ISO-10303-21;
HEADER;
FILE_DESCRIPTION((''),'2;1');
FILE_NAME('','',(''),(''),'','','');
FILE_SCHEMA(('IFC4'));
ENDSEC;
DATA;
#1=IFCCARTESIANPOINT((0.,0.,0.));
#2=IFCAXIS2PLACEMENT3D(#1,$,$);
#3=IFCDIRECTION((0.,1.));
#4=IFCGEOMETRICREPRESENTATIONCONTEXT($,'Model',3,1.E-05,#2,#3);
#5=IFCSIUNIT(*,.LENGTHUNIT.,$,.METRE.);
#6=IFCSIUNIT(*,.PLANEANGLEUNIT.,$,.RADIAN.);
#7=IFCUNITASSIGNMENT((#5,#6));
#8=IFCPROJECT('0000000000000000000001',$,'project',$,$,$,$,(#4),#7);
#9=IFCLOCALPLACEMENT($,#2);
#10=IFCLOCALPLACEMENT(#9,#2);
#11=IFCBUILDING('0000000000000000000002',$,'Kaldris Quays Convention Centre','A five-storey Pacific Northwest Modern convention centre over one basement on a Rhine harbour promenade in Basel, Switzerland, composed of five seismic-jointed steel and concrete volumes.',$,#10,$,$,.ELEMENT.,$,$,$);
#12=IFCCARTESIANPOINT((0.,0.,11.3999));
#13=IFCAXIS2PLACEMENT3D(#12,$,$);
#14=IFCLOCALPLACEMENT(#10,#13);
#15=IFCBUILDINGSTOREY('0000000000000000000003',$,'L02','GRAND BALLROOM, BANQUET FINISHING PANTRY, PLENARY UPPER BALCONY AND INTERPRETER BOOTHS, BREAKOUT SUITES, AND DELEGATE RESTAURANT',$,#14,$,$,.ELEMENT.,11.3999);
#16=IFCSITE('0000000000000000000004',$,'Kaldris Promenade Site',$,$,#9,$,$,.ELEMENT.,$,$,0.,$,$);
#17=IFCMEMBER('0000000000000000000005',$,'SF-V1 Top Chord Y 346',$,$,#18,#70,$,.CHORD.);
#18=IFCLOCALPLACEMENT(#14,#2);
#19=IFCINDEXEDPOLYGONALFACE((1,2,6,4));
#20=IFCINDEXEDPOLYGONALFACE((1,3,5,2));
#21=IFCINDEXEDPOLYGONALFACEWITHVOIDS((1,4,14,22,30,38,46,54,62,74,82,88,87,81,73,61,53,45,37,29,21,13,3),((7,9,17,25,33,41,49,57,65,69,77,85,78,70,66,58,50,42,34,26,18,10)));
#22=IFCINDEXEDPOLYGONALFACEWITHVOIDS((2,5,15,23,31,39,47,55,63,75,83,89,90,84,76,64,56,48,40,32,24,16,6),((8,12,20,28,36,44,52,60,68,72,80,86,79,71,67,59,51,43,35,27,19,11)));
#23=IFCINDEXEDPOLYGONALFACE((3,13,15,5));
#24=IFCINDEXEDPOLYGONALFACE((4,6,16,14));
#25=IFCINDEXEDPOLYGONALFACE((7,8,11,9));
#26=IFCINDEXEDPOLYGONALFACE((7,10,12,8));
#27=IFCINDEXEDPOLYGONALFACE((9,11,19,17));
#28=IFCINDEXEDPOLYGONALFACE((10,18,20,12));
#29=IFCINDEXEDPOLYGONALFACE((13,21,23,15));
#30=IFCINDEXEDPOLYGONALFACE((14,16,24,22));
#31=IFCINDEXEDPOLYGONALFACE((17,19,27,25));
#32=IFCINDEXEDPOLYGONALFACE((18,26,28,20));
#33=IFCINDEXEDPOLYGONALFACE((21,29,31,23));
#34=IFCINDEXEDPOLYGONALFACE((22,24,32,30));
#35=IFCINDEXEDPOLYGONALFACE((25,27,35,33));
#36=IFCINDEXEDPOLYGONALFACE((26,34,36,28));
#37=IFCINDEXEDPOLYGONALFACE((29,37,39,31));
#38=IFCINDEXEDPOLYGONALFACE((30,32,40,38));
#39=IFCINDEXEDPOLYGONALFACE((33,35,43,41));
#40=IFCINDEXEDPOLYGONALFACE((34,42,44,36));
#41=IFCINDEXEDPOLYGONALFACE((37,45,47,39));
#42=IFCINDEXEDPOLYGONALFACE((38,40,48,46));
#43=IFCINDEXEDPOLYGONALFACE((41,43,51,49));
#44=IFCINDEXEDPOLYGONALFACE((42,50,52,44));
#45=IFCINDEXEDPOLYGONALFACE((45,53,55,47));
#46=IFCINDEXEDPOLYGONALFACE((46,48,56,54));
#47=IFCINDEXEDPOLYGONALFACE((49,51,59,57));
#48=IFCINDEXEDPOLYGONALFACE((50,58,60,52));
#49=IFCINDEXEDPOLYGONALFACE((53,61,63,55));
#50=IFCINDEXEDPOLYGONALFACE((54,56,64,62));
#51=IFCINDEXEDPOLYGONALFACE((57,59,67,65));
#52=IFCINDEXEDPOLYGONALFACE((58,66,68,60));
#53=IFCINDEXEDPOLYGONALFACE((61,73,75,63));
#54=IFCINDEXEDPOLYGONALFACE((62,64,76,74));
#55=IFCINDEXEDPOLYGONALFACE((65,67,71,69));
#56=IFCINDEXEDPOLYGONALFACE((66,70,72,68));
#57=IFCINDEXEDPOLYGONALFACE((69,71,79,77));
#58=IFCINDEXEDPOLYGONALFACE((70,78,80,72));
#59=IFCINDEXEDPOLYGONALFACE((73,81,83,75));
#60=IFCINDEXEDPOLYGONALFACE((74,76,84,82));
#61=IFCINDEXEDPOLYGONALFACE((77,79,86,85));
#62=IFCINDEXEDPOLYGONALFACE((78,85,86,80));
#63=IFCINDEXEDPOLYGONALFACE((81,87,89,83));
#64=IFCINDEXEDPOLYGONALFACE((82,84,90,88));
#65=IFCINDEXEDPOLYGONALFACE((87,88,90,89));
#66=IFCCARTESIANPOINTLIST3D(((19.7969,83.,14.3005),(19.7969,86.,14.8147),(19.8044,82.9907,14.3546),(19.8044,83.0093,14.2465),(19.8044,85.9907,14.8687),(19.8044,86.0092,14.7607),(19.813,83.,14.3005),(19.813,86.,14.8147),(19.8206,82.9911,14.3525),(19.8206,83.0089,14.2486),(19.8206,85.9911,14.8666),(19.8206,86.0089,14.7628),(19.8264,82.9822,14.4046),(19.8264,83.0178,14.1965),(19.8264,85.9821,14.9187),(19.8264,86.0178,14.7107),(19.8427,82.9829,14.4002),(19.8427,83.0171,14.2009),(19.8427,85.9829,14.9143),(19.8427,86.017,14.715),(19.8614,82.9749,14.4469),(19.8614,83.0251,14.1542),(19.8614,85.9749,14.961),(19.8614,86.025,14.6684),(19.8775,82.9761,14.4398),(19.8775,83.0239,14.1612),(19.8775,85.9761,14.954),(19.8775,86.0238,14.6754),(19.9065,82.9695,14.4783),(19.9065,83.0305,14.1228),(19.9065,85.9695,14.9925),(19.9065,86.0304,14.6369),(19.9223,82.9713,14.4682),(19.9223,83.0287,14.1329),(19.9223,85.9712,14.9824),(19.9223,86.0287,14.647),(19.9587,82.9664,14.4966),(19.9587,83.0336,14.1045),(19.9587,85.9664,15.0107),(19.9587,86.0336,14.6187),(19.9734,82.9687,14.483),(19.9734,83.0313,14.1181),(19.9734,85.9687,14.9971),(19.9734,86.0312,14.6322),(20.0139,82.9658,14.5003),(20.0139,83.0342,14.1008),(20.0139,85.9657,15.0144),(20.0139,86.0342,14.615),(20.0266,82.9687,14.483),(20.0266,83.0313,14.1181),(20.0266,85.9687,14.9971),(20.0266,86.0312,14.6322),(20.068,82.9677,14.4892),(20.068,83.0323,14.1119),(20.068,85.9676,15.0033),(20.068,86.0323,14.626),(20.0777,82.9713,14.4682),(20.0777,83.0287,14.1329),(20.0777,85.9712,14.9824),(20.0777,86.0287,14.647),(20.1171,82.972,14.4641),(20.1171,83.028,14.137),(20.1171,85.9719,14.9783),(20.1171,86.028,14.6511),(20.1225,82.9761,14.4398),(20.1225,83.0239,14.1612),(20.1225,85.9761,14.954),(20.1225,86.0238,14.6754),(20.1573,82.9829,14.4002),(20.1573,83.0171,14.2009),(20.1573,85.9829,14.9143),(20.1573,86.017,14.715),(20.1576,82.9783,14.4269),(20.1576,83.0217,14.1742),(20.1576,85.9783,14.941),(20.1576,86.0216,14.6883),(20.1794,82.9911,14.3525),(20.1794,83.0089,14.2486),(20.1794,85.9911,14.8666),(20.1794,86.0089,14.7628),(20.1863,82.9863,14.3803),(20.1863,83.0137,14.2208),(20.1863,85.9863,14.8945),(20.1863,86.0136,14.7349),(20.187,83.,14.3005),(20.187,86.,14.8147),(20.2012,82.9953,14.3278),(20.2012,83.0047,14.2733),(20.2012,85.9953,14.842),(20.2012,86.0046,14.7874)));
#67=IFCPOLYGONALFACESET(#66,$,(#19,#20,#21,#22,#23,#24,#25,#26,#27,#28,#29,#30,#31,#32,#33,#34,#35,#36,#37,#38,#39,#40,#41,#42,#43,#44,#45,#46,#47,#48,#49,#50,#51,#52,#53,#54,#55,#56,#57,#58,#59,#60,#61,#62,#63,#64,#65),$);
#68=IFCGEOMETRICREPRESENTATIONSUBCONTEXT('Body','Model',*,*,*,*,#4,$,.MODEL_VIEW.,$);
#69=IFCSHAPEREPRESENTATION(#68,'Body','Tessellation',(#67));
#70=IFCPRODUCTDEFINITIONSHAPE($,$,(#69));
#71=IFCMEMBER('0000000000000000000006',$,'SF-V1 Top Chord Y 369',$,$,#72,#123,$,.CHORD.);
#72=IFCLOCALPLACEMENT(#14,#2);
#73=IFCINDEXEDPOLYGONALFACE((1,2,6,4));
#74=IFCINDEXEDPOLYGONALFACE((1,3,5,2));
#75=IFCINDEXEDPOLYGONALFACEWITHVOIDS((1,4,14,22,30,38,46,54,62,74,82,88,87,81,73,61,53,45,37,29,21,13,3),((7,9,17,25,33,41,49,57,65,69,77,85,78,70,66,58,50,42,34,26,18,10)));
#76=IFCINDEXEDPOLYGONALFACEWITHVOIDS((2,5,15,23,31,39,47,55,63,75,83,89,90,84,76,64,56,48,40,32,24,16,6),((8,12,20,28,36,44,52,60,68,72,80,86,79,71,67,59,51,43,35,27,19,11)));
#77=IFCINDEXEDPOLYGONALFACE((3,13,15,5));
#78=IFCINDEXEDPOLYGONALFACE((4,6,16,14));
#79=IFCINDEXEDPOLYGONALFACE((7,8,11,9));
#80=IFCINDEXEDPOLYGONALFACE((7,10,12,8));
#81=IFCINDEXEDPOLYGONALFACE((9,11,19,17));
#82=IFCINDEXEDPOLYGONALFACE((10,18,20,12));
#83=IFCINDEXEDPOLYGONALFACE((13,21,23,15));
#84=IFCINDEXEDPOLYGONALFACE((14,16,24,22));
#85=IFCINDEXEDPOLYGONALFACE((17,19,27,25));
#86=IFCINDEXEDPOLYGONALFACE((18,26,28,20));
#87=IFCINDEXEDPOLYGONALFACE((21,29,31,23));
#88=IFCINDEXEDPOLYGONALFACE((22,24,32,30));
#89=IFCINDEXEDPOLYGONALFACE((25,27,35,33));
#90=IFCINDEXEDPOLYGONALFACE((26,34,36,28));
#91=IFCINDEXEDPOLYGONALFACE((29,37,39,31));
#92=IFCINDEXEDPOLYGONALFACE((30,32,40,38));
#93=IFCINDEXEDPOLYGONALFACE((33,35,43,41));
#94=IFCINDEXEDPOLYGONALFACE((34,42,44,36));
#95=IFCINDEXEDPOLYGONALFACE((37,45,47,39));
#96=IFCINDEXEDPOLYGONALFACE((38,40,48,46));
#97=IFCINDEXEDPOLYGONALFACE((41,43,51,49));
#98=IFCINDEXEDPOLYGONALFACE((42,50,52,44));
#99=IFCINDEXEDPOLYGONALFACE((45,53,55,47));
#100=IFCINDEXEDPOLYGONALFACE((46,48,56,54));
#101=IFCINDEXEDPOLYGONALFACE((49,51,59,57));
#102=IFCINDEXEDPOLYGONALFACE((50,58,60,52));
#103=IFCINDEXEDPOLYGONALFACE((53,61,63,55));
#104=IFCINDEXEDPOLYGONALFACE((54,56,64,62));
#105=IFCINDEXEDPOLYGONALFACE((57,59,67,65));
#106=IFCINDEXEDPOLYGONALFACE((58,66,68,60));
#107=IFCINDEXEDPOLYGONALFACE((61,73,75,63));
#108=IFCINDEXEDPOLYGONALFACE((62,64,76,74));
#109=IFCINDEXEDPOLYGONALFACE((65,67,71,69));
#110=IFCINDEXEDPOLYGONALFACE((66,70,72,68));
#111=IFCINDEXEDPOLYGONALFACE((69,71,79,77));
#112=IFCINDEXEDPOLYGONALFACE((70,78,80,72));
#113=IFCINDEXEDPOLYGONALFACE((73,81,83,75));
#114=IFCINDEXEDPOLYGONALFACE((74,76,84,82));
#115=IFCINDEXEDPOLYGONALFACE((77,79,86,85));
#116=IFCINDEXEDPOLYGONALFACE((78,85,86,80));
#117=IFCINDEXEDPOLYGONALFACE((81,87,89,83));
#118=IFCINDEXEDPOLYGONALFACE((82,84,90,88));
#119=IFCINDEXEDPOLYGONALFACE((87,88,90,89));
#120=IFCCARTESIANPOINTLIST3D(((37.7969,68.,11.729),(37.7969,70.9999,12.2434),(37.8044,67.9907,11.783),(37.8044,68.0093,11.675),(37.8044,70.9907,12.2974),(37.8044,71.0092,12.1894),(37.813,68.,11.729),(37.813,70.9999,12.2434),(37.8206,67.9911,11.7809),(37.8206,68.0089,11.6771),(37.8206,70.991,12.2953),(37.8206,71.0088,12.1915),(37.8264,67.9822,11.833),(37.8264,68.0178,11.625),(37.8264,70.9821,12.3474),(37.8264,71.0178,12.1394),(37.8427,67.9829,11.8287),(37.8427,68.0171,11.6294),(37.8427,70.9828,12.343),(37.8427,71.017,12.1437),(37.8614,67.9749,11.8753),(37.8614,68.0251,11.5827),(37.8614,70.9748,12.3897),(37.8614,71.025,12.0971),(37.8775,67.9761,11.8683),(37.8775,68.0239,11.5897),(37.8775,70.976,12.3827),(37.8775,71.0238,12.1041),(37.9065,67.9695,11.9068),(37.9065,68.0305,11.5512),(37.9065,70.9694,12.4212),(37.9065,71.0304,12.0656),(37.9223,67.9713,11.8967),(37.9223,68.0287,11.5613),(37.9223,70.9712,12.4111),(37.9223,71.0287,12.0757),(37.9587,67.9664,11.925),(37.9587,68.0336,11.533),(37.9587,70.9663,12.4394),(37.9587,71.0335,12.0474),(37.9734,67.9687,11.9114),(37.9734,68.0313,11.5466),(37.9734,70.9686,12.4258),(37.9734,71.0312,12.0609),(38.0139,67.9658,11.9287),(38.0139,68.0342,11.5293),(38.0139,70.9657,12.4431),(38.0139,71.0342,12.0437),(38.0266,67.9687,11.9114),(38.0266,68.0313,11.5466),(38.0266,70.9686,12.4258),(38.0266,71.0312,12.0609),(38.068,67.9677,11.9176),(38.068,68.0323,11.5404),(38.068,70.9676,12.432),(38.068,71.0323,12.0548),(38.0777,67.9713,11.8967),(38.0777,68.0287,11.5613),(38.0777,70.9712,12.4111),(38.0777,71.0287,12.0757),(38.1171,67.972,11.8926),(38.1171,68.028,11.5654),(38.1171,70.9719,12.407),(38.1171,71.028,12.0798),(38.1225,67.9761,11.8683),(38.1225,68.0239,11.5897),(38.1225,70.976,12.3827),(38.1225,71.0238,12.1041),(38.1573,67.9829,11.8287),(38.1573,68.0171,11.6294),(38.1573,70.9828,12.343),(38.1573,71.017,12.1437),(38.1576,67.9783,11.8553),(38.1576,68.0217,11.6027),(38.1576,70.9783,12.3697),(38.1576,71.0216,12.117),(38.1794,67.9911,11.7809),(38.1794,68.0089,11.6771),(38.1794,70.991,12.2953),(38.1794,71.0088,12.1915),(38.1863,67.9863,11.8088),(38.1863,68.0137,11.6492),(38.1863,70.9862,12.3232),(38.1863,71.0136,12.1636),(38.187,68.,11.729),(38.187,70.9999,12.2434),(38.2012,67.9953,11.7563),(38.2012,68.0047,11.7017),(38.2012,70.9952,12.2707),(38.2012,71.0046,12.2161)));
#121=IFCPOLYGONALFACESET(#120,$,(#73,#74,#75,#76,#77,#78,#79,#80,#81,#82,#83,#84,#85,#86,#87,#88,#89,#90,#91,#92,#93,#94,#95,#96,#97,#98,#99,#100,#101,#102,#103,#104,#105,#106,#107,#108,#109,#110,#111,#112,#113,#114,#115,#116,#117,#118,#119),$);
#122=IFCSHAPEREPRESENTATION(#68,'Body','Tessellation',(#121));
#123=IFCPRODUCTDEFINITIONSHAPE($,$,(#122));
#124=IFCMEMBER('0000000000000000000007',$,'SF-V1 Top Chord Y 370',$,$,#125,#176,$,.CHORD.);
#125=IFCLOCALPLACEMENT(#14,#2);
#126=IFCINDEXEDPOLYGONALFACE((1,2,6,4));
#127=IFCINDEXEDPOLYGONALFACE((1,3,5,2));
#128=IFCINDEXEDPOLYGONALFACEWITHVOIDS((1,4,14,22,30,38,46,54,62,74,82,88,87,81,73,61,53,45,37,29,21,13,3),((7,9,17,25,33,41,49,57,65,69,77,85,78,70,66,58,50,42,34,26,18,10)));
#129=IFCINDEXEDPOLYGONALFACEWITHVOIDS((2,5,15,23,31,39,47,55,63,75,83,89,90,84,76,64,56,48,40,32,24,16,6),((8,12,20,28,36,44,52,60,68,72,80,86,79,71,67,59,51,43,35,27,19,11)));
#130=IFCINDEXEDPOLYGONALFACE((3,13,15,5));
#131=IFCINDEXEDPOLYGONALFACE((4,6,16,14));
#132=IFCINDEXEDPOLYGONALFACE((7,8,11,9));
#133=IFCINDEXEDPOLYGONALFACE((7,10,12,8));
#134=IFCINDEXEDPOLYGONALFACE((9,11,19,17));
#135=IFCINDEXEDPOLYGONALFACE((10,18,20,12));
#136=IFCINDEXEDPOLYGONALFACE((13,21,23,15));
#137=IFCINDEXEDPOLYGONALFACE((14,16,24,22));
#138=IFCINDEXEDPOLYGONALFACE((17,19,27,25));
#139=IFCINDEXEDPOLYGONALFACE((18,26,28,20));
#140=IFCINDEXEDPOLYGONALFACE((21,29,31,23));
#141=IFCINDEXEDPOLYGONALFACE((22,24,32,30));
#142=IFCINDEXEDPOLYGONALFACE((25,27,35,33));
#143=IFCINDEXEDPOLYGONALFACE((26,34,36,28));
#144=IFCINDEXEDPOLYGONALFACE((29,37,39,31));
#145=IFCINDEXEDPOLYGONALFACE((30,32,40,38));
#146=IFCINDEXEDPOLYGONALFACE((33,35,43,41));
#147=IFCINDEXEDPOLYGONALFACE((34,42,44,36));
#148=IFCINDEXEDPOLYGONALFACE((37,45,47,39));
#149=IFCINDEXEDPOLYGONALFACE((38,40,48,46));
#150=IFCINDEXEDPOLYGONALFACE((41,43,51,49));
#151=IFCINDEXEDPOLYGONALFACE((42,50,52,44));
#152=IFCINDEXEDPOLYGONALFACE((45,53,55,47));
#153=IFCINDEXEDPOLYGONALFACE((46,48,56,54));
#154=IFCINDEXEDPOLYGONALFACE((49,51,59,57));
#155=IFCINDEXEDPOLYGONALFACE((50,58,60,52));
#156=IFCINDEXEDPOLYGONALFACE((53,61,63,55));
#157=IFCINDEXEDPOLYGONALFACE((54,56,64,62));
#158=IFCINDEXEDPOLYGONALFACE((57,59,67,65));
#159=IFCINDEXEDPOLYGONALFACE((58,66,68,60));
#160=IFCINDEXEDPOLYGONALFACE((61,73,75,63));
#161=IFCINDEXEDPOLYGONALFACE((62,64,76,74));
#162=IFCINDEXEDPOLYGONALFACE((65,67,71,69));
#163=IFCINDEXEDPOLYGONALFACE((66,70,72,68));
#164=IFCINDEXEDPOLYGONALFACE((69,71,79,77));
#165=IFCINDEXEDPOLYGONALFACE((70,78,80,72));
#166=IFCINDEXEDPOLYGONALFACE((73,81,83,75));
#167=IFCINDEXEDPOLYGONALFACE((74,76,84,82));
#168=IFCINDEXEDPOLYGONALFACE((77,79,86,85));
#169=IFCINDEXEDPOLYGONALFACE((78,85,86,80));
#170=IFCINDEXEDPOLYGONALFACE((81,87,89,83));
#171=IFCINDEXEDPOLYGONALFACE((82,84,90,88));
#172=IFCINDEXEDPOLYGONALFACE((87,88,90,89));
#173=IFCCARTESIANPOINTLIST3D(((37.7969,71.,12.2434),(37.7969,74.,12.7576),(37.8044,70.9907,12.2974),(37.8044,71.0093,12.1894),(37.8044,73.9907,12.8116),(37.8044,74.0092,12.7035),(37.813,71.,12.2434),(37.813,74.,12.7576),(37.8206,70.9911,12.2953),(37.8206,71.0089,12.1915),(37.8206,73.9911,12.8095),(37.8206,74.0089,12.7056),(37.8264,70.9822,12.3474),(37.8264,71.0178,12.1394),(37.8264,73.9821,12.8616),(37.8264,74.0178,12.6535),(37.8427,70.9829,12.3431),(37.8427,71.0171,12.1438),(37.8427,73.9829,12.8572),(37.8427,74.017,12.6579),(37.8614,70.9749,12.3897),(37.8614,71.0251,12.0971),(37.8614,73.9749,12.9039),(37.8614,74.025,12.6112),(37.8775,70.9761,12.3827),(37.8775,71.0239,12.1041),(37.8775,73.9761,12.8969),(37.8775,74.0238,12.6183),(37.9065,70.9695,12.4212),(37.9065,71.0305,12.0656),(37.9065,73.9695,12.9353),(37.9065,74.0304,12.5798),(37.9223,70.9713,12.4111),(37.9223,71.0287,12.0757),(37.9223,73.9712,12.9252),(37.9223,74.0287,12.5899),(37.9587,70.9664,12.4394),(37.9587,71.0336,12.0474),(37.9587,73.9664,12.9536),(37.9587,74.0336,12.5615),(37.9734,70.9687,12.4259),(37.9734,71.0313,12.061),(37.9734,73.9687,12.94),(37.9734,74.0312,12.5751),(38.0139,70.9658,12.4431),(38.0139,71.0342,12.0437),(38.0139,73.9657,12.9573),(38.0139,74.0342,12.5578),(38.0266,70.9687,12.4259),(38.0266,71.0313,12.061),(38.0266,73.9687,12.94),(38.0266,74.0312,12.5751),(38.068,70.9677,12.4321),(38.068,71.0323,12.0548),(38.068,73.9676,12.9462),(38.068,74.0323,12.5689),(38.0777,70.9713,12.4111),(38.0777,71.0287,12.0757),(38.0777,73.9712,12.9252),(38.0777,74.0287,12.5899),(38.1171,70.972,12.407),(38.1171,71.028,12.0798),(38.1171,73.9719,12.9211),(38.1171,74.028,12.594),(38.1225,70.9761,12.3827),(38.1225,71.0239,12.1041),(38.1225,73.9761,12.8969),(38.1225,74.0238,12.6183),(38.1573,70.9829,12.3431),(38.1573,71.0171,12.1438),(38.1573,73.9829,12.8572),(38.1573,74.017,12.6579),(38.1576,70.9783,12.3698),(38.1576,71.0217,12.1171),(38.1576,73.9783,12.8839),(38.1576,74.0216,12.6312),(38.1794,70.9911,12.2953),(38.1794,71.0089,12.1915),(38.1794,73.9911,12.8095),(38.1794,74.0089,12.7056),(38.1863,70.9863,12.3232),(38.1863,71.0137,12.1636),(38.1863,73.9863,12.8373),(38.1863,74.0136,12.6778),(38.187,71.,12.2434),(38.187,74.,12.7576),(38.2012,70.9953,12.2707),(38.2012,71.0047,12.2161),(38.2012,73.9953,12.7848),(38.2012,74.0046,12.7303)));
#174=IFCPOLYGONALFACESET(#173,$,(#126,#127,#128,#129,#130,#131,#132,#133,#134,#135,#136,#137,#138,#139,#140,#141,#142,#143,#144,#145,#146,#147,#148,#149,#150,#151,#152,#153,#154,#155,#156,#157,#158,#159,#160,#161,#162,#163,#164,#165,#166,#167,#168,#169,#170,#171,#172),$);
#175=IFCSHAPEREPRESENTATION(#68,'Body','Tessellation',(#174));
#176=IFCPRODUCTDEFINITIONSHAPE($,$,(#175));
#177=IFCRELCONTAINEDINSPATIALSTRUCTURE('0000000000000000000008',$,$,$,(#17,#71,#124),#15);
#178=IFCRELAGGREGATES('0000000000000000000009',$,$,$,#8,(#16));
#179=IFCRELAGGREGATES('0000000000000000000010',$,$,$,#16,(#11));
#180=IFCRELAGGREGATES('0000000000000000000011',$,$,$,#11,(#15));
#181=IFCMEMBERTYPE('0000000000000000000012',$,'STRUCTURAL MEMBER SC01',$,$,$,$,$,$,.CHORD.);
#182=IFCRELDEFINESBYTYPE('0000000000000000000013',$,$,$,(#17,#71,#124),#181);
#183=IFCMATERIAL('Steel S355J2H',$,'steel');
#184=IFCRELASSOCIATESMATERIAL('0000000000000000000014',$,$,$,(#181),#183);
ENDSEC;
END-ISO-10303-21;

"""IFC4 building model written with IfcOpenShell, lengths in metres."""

from ifc_helpers import new_model, si_unit, direction, frame, origin, origin_2d, place, context, subcontext, project, spatial, hollow_circle, extrude, material, material_profile, profile_set, type_object, element, save


model = new_model("IFC4")

# Units and contexts
model_context = context("Model", 3, precision=1e-05, world=origin(), true_north=direction((0.0, 1.0)))
body_context = subcontext(model_context, "Body", "Model", "MODEL_VIEW")
ifc_project = project(units=[si_unit("LENGTHUNIT", "METRE"), si_unit("PLANEANGLEUNIT", "RADIAN")], contexts=[model_context])

# Site, building, storey
site_placement = place(None, origin())
site = spatial("IfcSite", under=ifc_project, at=site_placement, Name="Kaldris Promenade Site", CompositionType="ELEMENT", RefElevation=0.0)
building_placement = place(site_placement, origin())
building = spatial("IfcBuilding", under=site, at=building_placement, Name="Kaldris Quays Convention Centre", Description="A five-storey Pacific Northwest Modern convention centre over one basement on a Rhine harbour promenade in Basel, Switzerland, composed of five seismic-jointed steel and concrete volumes.", CompositionType="ELEMENT")
storey_placement = place(building_placement, frame((0.0, 0.0, 11.3999)))
storey = spatial("IfcBuildingStorey", under=building, at=storey_placement, Name="L02", Description="GRAND BALLROOM, BANQUET FINISHING PANTRY, PLENARY UPPER BALCONY AND INTERPRETER BOOTHS, BREAKOUT SUITES, AND DELEGATE RESTAURANT", CompositionType="ELEMENT", Elevation=11.3999)

# Members
ifc_material_1 = material(Name="Steel S355J2H", Category="steel")
ifc_material_profile_1 = material_profile(ifc_material_1, hollow_circle(Radius=0.2031, WallThickness=0.0161, at=origin_2d()), Name="CHS 406.4x16")
ifc_profile_set_1 = profile_set([ifc_material_profile_1], Name="Steel S355J2H")
member_type_1 = type_object("IfcMemberType", Name="STRUCTURAL MEMBER SC01", PredefinedType="CHORD", material=ifc_profile_set_1)
for number, where, z_axis, x_axis, name in (
    (1, (20.0, 83.0, 14.3005), (0.0, 0.985629, 0.168924), (-1.0, 0.0, 0.0), "SF-V1 Top Chord Y 346"),
    (2, (38.0, 68.0, 11.729), (0.0, 0.985616, 0.169002), (-1.0, 0.0, 0.0), "SF-V1 Top Chord Y 369"),
    (3, (38.0, 71.0, 12.2434), (0.0, 0.985629, 0.168924), (-1.0, 0.0, 0.0), "SF-V1 Top Chord Y 370"),
):
    element("IfcMember", number, at=place(storey_placement, frame(where, z_axis=z_axis, x_axis=x_axis)), inside=storey, type_object=member_type_1, Name=name, PredefinedType="CHORD", context=body_context, shape_type="SweptSolid", body=[
        extrude(hollow_circle(Radius=0.2031, WallThickness=0.0161, at=origin_2d()), origin(), (0.0, 0.0, 1.0), 3.0437),
    ])

save(model, "model.ifc")
